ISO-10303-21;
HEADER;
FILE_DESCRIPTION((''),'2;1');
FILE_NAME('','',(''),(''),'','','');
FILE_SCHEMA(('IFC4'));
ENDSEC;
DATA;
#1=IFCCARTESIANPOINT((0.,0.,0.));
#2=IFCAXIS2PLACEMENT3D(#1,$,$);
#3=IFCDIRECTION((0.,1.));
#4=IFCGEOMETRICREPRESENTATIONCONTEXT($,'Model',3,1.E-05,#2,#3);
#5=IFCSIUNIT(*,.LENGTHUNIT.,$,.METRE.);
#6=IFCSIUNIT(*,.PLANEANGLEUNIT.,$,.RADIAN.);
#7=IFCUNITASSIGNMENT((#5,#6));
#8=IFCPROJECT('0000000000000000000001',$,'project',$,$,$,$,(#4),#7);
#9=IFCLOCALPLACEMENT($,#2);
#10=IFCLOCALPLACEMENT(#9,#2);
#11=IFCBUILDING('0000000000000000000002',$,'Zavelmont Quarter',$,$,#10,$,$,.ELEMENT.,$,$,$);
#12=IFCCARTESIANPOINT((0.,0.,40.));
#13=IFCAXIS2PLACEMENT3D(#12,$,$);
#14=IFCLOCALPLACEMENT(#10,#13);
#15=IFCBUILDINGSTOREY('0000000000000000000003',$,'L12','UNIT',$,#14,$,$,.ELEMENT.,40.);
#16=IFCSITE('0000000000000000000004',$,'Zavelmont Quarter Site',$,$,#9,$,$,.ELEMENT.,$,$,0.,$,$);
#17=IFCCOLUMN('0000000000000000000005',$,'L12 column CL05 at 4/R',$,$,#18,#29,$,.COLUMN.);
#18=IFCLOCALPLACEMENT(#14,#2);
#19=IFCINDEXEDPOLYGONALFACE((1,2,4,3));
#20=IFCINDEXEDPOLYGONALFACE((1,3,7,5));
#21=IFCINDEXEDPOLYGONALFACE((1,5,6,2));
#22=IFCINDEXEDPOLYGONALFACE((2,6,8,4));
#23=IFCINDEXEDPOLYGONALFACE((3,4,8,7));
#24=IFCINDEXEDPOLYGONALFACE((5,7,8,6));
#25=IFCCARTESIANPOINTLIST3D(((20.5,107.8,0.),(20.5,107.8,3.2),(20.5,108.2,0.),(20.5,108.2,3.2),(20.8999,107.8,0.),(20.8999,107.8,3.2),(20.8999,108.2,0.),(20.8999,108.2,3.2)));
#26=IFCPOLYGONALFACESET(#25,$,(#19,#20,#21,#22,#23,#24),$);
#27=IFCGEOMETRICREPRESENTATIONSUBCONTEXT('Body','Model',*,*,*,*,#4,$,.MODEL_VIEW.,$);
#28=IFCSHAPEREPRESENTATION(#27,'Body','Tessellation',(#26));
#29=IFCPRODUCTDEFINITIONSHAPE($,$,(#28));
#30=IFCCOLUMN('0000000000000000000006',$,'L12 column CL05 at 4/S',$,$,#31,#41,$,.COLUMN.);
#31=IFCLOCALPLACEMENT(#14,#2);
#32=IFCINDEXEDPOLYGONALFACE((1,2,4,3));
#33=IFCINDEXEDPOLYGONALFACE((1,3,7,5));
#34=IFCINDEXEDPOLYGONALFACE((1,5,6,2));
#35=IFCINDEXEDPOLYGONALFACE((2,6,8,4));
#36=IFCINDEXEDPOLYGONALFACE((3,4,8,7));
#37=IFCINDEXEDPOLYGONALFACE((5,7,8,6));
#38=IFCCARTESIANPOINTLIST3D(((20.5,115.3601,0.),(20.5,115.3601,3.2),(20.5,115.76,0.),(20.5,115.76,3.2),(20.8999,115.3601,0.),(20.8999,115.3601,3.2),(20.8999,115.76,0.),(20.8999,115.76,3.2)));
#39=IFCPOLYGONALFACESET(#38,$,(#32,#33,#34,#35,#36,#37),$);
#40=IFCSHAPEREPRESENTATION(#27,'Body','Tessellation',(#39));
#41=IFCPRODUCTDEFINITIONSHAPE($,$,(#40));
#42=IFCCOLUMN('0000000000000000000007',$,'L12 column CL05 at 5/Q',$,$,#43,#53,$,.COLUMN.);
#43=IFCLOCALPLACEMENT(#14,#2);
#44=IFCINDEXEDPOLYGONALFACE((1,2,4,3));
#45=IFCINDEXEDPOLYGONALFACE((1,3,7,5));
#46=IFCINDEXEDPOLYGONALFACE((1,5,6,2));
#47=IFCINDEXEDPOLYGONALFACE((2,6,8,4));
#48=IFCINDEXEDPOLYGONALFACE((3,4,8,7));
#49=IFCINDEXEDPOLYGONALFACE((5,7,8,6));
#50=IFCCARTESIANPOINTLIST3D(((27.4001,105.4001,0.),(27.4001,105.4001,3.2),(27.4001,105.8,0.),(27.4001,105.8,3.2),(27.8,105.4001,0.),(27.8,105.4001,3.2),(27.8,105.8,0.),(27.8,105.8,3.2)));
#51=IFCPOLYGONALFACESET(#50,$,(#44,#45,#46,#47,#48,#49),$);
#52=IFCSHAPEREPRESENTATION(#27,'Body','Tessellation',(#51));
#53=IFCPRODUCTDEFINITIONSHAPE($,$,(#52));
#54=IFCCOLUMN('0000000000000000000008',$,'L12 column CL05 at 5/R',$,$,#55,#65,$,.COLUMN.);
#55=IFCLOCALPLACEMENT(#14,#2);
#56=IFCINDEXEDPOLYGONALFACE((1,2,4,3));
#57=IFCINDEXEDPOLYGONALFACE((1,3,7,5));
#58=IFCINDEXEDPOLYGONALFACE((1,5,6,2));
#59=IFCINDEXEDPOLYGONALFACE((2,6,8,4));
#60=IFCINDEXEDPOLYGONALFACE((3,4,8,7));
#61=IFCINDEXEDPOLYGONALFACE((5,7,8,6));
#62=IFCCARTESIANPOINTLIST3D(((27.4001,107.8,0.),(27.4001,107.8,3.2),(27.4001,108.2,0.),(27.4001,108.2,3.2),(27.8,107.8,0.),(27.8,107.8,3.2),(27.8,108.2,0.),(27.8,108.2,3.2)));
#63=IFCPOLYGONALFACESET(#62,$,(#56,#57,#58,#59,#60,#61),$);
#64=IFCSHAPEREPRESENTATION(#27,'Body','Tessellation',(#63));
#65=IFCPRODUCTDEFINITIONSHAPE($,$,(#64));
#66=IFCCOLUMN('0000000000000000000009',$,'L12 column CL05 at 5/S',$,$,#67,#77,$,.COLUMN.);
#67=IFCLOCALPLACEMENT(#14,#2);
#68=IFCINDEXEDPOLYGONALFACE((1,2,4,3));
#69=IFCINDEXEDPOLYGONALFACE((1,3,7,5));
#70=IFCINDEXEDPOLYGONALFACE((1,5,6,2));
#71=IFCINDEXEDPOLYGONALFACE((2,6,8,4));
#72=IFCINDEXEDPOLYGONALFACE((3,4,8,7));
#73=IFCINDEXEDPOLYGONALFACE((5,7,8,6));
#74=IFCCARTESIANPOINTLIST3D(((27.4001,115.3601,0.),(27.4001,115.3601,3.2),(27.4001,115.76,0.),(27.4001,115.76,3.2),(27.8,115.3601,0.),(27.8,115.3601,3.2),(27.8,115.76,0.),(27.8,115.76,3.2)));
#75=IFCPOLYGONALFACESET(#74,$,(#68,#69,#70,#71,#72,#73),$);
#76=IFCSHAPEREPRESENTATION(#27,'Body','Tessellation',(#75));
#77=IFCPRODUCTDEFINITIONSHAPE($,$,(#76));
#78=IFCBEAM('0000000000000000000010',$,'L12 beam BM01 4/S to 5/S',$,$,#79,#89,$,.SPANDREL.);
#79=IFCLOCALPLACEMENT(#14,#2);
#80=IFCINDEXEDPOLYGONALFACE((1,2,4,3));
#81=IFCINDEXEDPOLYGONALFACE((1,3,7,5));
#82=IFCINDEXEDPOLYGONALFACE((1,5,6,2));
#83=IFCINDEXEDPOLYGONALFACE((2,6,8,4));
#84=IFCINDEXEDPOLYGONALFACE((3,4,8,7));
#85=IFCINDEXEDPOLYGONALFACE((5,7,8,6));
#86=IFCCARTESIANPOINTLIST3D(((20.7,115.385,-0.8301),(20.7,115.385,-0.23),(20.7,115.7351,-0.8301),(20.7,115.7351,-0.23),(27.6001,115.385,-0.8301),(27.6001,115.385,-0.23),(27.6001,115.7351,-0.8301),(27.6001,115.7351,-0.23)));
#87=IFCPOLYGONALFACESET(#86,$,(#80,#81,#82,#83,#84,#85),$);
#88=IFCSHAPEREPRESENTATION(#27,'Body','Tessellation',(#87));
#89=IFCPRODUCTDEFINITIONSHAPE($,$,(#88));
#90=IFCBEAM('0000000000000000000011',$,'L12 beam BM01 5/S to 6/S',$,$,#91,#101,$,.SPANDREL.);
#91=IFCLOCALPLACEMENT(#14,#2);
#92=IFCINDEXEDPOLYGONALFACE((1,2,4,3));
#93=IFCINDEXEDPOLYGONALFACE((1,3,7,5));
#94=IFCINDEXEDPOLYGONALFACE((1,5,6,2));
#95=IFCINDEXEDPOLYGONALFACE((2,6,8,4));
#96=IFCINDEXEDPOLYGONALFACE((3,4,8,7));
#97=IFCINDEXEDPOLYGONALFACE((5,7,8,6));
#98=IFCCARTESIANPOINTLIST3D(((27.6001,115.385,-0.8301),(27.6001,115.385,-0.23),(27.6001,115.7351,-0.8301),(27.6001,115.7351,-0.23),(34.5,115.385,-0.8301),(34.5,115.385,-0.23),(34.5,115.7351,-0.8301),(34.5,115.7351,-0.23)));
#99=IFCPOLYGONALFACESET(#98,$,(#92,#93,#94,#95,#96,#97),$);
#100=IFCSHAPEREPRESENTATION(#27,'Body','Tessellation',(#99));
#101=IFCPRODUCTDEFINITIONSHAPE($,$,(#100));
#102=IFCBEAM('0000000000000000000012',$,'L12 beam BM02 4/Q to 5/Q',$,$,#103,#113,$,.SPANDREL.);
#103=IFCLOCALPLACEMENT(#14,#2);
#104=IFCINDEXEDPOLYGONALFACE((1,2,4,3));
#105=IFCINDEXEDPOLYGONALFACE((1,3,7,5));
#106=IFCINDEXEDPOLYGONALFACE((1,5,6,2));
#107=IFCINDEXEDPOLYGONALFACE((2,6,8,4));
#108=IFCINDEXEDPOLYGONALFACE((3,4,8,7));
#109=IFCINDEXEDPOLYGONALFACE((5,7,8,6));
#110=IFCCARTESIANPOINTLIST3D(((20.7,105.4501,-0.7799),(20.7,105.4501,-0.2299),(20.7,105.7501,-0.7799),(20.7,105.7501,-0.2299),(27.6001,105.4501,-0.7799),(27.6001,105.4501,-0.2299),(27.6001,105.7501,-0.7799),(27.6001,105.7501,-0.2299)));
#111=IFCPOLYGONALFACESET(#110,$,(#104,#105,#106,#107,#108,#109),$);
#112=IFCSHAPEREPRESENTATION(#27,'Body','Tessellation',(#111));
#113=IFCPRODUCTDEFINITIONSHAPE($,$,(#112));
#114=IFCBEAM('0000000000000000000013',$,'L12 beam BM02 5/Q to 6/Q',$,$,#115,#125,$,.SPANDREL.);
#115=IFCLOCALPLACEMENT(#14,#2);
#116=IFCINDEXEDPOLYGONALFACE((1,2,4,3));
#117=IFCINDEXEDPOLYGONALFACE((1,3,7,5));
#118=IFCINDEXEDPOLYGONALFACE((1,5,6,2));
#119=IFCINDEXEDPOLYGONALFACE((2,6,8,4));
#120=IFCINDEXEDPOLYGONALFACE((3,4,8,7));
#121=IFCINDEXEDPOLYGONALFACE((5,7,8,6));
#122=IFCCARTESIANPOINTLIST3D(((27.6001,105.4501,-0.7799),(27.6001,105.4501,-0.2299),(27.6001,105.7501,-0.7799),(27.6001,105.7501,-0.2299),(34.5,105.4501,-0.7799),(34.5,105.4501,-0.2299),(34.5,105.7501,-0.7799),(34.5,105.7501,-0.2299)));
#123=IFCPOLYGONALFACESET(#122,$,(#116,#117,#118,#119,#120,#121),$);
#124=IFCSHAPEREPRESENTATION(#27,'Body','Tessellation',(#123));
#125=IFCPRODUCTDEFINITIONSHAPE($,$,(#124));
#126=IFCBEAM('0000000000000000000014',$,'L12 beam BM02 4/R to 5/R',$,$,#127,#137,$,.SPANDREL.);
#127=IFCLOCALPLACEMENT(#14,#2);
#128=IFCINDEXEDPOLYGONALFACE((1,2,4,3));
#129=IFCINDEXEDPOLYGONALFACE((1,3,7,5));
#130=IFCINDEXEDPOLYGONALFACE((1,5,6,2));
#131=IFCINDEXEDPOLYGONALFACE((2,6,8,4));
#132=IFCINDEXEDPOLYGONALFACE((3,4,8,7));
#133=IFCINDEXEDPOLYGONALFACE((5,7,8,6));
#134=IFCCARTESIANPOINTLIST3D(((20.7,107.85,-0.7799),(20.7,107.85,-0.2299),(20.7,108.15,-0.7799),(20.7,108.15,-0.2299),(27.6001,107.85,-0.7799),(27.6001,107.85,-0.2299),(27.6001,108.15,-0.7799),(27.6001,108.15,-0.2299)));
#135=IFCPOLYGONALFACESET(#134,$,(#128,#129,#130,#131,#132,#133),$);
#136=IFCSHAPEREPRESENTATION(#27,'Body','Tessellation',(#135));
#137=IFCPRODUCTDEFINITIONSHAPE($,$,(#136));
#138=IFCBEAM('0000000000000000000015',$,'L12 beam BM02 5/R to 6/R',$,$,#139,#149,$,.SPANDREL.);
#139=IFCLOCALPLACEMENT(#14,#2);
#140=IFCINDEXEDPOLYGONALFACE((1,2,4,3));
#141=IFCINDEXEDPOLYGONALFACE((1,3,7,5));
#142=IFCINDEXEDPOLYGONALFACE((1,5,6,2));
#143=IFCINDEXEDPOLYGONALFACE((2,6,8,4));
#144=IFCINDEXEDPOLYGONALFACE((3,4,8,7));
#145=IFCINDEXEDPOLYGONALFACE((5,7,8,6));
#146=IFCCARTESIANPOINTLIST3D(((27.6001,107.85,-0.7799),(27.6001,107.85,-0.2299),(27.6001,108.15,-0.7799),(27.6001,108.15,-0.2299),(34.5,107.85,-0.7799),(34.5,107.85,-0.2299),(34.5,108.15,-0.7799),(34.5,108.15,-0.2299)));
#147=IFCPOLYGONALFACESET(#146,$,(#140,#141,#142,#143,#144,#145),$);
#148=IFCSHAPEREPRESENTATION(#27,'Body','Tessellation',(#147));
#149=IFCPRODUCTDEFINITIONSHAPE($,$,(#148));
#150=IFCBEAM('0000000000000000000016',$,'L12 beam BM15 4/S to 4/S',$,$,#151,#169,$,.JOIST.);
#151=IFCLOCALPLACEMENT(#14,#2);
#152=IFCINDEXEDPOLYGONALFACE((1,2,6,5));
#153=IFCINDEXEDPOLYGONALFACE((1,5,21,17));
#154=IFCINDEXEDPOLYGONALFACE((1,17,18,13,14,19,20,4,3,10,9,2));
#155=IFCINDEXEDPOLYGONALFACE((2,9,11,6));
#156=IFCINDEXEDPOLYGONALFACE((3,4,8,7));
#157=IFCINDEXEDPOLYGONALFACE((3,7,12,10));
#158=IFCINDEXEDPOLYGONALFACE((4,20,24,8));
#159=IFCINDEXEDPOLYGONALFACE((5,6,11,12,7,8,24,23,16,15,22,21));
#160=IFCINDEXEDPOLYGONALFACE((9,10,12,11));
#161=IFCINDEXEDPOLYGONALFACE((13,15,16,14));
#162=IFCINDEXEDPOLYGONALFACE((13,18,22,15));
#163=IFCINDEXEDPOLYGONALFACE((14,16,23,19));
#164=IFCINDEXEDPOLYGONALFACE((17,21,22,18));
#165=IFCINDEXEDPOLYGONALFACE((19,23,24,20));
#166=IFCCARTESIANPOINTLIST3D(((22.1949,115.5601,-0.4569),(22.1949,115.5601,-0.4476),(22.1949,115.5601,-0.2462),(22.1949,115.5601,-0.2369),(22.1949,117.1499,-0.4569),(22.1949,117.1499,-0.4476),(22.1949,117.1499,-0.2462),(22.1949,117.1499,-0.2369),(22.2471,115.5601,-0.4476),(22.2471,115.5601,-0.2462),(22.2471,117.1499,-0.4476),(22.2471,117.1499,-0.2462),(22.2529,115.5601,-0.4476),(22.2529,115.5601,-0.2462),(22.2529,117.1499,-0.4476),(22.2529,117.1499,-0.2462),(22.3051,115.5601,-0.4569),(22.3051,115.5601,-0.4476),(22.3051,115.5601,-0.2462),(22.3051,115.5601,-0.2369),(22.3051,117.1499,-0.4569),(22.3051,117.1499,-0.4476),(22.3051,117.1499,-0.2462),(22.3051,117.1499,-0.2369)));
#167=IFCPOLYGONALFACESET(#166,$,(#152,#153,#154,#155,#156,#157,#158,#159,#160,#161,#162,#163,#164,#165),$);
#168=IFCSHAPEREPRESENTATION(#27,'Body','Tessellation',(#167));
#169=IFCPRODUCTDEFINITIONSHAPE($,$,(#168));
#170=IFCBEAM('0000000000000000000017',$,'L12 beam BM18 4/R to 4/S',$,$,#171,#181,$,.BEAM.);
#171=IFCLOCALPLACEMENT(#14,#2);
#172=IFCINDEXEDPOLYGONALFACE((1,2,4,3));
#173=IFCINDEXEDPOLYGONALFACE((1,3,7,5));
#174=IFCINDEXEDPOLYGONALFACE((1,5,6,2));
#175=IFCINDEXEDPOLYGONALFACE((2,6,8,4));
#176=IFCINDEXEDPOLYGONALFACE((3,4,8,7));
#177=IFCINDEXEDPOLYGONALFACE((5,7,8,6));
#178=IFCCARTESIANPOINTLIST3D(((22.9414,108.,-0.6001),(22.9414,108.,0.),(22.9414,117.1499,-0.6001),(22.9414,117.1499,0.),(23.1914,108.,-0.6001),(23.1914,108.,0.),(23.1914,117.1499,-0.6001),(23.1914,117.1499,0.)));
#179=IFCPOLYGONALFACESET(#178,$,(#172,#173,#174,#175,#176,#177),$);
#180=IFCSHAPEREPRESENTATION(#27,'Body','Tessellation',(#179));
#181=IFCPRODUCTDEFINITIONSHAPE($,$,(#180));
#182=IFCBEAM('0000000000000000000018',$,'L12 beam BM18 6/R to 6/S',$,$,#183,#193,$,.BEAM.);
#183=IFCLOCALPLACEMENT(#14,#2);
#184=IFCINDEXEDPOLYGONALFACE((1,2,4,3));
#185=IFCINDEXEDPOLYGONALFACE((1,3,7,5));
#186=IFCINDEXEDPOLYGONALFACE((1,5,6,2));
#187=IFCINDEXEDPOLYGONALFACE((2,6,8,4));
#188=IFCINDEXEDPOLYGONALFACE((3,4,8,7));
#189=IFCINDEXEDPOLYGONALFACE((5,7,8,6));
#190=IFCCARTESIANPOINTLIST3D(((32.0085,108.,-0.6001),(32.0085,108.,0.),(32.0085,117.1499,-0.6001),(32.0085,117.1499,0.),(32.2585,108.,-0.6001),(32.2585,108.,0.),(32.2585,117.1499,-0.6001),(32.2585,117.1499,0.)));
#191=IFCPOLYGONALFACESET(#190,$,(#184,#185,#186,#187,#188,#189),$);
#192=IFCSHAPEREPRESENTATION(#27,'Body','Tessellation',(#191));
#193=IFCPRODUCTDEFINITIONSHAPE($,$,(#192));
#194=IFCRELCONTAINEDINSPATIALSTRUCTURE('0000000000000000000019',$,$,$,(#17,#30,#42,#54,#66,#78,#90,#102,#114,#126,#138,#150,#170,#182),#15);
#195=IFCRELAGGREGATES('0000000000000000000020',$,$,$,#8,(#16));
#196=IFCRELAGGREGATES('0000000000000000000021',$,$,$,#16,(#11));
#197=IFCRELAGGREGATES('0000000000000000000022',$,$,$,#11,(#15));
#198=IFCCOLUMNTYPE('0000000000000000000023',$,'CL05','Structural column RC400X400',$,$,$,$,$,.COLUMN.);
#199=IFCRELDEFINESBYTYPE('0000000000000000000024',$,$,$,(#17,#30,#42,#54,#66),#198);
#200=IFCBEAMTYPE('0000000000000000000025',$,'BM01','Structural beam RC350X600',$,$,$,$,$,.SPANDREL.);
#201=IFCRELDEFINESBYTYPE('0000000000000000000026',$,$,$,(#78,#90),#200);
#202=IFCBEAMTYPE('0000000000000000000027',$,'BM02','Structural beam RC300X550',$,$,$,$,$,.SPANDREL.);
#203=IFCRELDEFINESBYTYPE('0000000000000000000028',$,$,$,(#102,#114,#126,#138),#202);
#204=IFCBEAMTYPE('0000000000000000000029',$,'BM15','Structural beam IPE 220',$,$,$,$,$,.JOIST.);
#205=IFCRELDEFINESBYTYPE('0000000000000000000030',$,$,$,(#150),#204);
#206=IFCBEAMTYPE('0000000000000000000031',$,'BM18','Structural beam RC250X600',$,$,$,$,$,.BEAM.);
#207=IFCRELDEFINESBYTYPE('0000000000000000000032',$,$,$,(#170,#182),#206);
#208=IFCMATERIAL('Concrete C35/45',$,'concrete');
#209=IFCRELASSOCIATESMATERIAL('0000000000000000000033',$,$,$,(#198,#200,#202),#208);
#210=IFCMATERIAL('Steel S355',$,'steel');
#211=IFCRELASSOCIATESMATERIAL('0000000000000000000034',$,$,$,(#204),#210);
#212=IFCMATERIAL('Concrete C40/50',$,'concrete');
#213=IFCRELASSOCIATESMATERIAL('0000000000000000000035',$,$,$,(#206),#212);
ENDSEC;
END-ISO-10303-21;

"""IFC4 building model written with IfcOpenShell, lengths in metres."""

from ifc_helpers import new_model, si_unit, direction, frame, origin, origin_2d, place, context, subcontext, project, spatial, rectangle, i_section, extrude, material, material_profile, profile_set, type_object, element, save


model = new_model("IFC4")

# Units and contexts
model_context = context("Model", 3, precision=1e-05, world=origin(), true_north=direction((0.0, 1.0)))
body_context = subcontext(model_context, "Body", "Model", "MODEL_VIEW")
ifc_project = project(units=[si_unit("LENGTHUNIT", "METRE"), si_unit("PLANEANGLEUNIT", "RADIAN")], contexts=[model_context])

# Site, building, storey
site_placement = place(None, origin())
site = spatial("IfcSite", under=ifc_project, at=site_placement, Name="Zavelmont Quarter Site", CompositionType="ELEMENT", RefElevation=0.0)
building_placement = place(site_placement, origin())
building = spatial("IfcBuilding", under=site, at=building_placement, Name="Zavelmont Quarter", CompositionType="ELEMENT")
storey_placement = place(building_placement, frame((0.0, 0.0, 40.0)))
storey = spatial("IfcBuildingStorey", under=building, at=storey_placement, Name="L12", Description="UNIT", CompositionType="ELEMENT", Elevation=40.0)

# Columns
ifc_material_1 = material(Name="Concrete C35/45", Category="concrete")
ifc_material_profile_1 = material_profile(ifc_material_1, rectangle(XDim=0.3999, YDim=0.3999, at=origin_2d()), Name="RC400X400")
ifc_profile_set_1 = profile_set([ifc_material_profile_1], Name="Concrete C35/45")
column_type = type_object("IfcColumnType", Name="CL05", Description="Structural column RC400X400", PredefinedType="COLUMN", material=ifc_profile_set_1)
for number, where, z_axis, x_axis, name in (
    (1, (20.7, 108.0, 0.0), (0.0, 0.0, 1.0), (1.0, 0.0, 0.0), "L12 column CL05 at 4/R"),
    (2, (20.7, 115.5601, 0.0), (0.0, 0.0, 1.0), (1.0, 0.0, 0.0), "L12 column CL05 at 4/S"),
    (3, (27.6001, 105.6001, 0.0), (0.0, 0.0, 1.0), (1.0, 0.0, 0.0), "L12 column CL05 at 5/Q"),
    (4, (27.6001, 108.0, 0.0), (0.0, 0.0, 1.0), (1.0, 0.0, 0.0), "L12 column CL05 at 5/R"),
    (5, (27.6001, 115.5601, 0.0), (0.0, 0.0, 1.0), (1.0, 0.0, 0.0), "L12 column CL05 at 5/S"),
):
    element("IfcColumn", number, at=place(storey_placement, frame(where, z_axis=z_axis, x_axis=x_axis)), inside=storey, type_object=column_type, Name=name, PredefinedType="COLUMN", context=body_context, shape_type="SweptSolid", body=[
        extrude(rectangle(XDim=0.3999, YDim=0.3999, at=origin_2d()), origin(), (0.0, 0.0, 1.0), 3.2),
    ])

# Beams
ifc_material_profile_2 = material_profile(ifc_material_1, rectangle(XDim=0.3501, YDim=0.6001, at=origin_2d()), Name="RC350X600")
ifc_profile_set_2 = profile_set([ifc_material_profile_2], Name="Concrete C35/45")
beam_type_1 = type_object("IfcBeamType", Name="BM01", Description="Structural beam RC350X600", PredefinedType="SPANDREL", material=ifc_profile_set_2)
beam_1_placement = place(storey_placement, frame((20.7, 115.5601, -0.53), z_axis=(1.0, 0.0, 0.0), x_axis=(0.0, 1.0, 0.0)))
element("IfcBeam", 6, at=beam_1_placement, inside=storey, type_object=beam_type_1, Name="L12 beam BM01 4/S to 5/S", PredefinedType="SPANDREL", context=body_context, shape_type="SweptSolid", body=[
    extrude(rectangle(XDim=0.3501, YDim=0.6001, at=origin_2d()), origin(), (0.0, 0.0, 1.0), 6.9001),
])
beam_2_placement = place(storey_placement, frame((27.6001, 115.5601, -0.53), z_axis=(1.0, 0.0, 0.0), x_axis=(0.0, 1.0, 0.0)))
element("IfcBeam", 7, at=beam_2_placement, inside=storey, type_object=beam_type_1, Name="L12 beam BM01 5/S to 6/S", PredefinedType="SPANDREL", context=body_context, shape_type="SweptSolid", body=[
    extrude(rectangle(XDim=0.3501, YDim=0.6001, at=origin_2d()), origin(), (0.0, 0.0, 1.0), 6.8999),
])
ifc_material_profile_3 = material_profile(ifc_material_1, rectangle(XDim=0.3, YDim=0.55, at=origin_2d()), Name="RC300X550")
ifc_profile_set_3 = profile_set([ifc_material_profile_3], Name="Concrete C35/45")
beam_type_2 = type_object("IfcBeamType", Name="BM02", Description="Structural beam RC300X550", PredefinedType="SPANDREL", material=ifc_profile_set_3)
beam_3_placement = place(storey_placement, frame((20.7, 105.6001, -0.5049), z_axis=(1.0, 0.0, 0.0), x_axis=(0.0, 1.0, 0.0)))
element("IfcBeam", 8, at=beam_3_placement, inside=storey, type_object=beam_type_2, Name="L12 beam BM02 4/Q to 5/Q", PredefinedType="SPANDREL", context=body_context, shape_type="SweptSolid", body=[
    extrude(rectangle(XDim=0.3, YDim=0.55, at=origin_2d()), origin(), (0.0, 0.0, 1.0), 6.9001),
])
beam_4_placement = place(storey_placement, frame((27.6001, 105.6001, -0.5049), z_axis=(1.0, 0.0, 0.0), x_axis=(0.0, 1.0, 0.0)))
element("IfcBeam", 9, at=beam_4_placement, inside=storey, type_object=beam_type_2, Name="L12 beam BM02 5/Q to 6/Q", PredefinedType="SPANDREL", context=body_context, shape_type="SweptSolid", body=[
    extrude(rectangle(XDim=0.3, YDim=0.55, at=origin_2d()), origin(), (0.0, 0.0, 1.0), 6.8999),
])
beam_5_placement = place(storey_placement, frame((20.7, 108.0, -0.5049), z_axis=(1.0, 0.0, 0.0), x_axis=(0.0, 1.0, 0.0)))
element("IfcBeam", 10, at=beam_5_placement, inside=storey, type_object=beam_type_2, Name="L12 beam BM02 4/R to 5/R", PredefinedType="SPANDREL", context=body_context, shape_type="SweptSolid", body=[
    extrude(rectangle(XDim=0.3, YDim=0.55, at=origin_2d()), origin(), (0.0, 0.0, 1.0), 6.9001),
])
beam_6_placement = place(storey_placement, frame((27.6001, 108.0, -0.5049), z_axis=(1.0, 0.0, 0.0), x_axis=(0.0, 1.0, 0.0)))
element("IfcBeam", 11, at=beam_6_placement, inside=storey, type_object=beam_type_2, Name="L12 beam BM02 5/R to 6/R", PredefinedType="SPANDREL", context=body_context, shape_type="SweptSolid", body=[
    extrude(rectangle(XDim=0.3, YDim=0.55, at=origin_2d()), origin(), (0.0, 0.0, 1.0), 6.8999),
])
ifc_material_2 = material(Name="Steel S355", Category="steel")
ifc_material_profile_4 = material_profile(ifc_material_2, i_section(OverallWidth=0.1101, OverallDepth=0.22, WebThickness=0.0059, FlangeThickness=0.0093, at=origin_2d()), Name="IPE 220")
ifc_profile_set_4 = profile_set([ifc_material_profile_4], Name="Steel S355")
beam_type_3 = type_object("IfcBeamType", Name="BM15", Description="Structural beam IPE 220", PredefinedType="JOIST", material=ifc_profile_set_4)
beam_7_placement = place(storey_placement, frame((22.25, 115.5601, -0.3469), z_axis=(0.0, 1.0, 0.0), x_axis=(-1.0, 0.0, 0.0)))
element("IfcBeam", 12, at=beam_7_placement, inside=storey, type_object=beam_type_3, Name="L12 beam BM15 4/S to 4/S", PredefinedType="JOIST", context=body_context, shape_type="SweptSolid", body=[
    extrude(i_section(OverallWidth=0.1101, OverallDepth=0.22, WebThickness=0.0059, FlangeThickness=0.0093, at=origin_2d()), origin(), (0.0, 0.0, 1.0), 1.5898),
])
ifc_material_3 = material(Name="Concrete C40/50", Category="concrete")
ifc_material_profile_5 = material_profile(ifc_material_3, rectangle(XDim=0.25, YDim=0.6001, at=origin_2d()), Name="RC250X600")
ifc_profile_set_5 = profile_set([ifc_material_profile_5], Name="Concrete C40/50")
beam_type_4 = type_object("IfcBeamType", Name="BM18", Description="Structural beam RC250X600", PredefinedType="BEAM", material=ifc_profile_set_5)
for number, where, z_axis, x_axis, name in (
    (13, (23.0664, 108.0, -0.3), (0.0, 1.0, 0.0), (-1.0, 0.0, 0.0), "L12 beam BM18 4/R to 4/S"),
    (14, (32.1335, 108.0, -0.3), (0.0, 1.0, 0.0), (-1.0, 0.0, 0.0), "L12 beam BM18 6/R to 6/S"),
):
    element("IfcBeam", number, at=place(storey_placement, frame(where, z_axis=z_axis, x_axis=x_axis)), inside=storey, type_object=beam_type_4, Name=name, PredefinedType="BEAM", context=body_context, shape_type="SweptSolid", body=[
        extrude(rectangle(XDim=0.25, YDim=0.6001, at=origin_2d()), origin(), (0.0, 0.0, 1.0), 9.1499),
    ])

save(model, "model.ifc")
